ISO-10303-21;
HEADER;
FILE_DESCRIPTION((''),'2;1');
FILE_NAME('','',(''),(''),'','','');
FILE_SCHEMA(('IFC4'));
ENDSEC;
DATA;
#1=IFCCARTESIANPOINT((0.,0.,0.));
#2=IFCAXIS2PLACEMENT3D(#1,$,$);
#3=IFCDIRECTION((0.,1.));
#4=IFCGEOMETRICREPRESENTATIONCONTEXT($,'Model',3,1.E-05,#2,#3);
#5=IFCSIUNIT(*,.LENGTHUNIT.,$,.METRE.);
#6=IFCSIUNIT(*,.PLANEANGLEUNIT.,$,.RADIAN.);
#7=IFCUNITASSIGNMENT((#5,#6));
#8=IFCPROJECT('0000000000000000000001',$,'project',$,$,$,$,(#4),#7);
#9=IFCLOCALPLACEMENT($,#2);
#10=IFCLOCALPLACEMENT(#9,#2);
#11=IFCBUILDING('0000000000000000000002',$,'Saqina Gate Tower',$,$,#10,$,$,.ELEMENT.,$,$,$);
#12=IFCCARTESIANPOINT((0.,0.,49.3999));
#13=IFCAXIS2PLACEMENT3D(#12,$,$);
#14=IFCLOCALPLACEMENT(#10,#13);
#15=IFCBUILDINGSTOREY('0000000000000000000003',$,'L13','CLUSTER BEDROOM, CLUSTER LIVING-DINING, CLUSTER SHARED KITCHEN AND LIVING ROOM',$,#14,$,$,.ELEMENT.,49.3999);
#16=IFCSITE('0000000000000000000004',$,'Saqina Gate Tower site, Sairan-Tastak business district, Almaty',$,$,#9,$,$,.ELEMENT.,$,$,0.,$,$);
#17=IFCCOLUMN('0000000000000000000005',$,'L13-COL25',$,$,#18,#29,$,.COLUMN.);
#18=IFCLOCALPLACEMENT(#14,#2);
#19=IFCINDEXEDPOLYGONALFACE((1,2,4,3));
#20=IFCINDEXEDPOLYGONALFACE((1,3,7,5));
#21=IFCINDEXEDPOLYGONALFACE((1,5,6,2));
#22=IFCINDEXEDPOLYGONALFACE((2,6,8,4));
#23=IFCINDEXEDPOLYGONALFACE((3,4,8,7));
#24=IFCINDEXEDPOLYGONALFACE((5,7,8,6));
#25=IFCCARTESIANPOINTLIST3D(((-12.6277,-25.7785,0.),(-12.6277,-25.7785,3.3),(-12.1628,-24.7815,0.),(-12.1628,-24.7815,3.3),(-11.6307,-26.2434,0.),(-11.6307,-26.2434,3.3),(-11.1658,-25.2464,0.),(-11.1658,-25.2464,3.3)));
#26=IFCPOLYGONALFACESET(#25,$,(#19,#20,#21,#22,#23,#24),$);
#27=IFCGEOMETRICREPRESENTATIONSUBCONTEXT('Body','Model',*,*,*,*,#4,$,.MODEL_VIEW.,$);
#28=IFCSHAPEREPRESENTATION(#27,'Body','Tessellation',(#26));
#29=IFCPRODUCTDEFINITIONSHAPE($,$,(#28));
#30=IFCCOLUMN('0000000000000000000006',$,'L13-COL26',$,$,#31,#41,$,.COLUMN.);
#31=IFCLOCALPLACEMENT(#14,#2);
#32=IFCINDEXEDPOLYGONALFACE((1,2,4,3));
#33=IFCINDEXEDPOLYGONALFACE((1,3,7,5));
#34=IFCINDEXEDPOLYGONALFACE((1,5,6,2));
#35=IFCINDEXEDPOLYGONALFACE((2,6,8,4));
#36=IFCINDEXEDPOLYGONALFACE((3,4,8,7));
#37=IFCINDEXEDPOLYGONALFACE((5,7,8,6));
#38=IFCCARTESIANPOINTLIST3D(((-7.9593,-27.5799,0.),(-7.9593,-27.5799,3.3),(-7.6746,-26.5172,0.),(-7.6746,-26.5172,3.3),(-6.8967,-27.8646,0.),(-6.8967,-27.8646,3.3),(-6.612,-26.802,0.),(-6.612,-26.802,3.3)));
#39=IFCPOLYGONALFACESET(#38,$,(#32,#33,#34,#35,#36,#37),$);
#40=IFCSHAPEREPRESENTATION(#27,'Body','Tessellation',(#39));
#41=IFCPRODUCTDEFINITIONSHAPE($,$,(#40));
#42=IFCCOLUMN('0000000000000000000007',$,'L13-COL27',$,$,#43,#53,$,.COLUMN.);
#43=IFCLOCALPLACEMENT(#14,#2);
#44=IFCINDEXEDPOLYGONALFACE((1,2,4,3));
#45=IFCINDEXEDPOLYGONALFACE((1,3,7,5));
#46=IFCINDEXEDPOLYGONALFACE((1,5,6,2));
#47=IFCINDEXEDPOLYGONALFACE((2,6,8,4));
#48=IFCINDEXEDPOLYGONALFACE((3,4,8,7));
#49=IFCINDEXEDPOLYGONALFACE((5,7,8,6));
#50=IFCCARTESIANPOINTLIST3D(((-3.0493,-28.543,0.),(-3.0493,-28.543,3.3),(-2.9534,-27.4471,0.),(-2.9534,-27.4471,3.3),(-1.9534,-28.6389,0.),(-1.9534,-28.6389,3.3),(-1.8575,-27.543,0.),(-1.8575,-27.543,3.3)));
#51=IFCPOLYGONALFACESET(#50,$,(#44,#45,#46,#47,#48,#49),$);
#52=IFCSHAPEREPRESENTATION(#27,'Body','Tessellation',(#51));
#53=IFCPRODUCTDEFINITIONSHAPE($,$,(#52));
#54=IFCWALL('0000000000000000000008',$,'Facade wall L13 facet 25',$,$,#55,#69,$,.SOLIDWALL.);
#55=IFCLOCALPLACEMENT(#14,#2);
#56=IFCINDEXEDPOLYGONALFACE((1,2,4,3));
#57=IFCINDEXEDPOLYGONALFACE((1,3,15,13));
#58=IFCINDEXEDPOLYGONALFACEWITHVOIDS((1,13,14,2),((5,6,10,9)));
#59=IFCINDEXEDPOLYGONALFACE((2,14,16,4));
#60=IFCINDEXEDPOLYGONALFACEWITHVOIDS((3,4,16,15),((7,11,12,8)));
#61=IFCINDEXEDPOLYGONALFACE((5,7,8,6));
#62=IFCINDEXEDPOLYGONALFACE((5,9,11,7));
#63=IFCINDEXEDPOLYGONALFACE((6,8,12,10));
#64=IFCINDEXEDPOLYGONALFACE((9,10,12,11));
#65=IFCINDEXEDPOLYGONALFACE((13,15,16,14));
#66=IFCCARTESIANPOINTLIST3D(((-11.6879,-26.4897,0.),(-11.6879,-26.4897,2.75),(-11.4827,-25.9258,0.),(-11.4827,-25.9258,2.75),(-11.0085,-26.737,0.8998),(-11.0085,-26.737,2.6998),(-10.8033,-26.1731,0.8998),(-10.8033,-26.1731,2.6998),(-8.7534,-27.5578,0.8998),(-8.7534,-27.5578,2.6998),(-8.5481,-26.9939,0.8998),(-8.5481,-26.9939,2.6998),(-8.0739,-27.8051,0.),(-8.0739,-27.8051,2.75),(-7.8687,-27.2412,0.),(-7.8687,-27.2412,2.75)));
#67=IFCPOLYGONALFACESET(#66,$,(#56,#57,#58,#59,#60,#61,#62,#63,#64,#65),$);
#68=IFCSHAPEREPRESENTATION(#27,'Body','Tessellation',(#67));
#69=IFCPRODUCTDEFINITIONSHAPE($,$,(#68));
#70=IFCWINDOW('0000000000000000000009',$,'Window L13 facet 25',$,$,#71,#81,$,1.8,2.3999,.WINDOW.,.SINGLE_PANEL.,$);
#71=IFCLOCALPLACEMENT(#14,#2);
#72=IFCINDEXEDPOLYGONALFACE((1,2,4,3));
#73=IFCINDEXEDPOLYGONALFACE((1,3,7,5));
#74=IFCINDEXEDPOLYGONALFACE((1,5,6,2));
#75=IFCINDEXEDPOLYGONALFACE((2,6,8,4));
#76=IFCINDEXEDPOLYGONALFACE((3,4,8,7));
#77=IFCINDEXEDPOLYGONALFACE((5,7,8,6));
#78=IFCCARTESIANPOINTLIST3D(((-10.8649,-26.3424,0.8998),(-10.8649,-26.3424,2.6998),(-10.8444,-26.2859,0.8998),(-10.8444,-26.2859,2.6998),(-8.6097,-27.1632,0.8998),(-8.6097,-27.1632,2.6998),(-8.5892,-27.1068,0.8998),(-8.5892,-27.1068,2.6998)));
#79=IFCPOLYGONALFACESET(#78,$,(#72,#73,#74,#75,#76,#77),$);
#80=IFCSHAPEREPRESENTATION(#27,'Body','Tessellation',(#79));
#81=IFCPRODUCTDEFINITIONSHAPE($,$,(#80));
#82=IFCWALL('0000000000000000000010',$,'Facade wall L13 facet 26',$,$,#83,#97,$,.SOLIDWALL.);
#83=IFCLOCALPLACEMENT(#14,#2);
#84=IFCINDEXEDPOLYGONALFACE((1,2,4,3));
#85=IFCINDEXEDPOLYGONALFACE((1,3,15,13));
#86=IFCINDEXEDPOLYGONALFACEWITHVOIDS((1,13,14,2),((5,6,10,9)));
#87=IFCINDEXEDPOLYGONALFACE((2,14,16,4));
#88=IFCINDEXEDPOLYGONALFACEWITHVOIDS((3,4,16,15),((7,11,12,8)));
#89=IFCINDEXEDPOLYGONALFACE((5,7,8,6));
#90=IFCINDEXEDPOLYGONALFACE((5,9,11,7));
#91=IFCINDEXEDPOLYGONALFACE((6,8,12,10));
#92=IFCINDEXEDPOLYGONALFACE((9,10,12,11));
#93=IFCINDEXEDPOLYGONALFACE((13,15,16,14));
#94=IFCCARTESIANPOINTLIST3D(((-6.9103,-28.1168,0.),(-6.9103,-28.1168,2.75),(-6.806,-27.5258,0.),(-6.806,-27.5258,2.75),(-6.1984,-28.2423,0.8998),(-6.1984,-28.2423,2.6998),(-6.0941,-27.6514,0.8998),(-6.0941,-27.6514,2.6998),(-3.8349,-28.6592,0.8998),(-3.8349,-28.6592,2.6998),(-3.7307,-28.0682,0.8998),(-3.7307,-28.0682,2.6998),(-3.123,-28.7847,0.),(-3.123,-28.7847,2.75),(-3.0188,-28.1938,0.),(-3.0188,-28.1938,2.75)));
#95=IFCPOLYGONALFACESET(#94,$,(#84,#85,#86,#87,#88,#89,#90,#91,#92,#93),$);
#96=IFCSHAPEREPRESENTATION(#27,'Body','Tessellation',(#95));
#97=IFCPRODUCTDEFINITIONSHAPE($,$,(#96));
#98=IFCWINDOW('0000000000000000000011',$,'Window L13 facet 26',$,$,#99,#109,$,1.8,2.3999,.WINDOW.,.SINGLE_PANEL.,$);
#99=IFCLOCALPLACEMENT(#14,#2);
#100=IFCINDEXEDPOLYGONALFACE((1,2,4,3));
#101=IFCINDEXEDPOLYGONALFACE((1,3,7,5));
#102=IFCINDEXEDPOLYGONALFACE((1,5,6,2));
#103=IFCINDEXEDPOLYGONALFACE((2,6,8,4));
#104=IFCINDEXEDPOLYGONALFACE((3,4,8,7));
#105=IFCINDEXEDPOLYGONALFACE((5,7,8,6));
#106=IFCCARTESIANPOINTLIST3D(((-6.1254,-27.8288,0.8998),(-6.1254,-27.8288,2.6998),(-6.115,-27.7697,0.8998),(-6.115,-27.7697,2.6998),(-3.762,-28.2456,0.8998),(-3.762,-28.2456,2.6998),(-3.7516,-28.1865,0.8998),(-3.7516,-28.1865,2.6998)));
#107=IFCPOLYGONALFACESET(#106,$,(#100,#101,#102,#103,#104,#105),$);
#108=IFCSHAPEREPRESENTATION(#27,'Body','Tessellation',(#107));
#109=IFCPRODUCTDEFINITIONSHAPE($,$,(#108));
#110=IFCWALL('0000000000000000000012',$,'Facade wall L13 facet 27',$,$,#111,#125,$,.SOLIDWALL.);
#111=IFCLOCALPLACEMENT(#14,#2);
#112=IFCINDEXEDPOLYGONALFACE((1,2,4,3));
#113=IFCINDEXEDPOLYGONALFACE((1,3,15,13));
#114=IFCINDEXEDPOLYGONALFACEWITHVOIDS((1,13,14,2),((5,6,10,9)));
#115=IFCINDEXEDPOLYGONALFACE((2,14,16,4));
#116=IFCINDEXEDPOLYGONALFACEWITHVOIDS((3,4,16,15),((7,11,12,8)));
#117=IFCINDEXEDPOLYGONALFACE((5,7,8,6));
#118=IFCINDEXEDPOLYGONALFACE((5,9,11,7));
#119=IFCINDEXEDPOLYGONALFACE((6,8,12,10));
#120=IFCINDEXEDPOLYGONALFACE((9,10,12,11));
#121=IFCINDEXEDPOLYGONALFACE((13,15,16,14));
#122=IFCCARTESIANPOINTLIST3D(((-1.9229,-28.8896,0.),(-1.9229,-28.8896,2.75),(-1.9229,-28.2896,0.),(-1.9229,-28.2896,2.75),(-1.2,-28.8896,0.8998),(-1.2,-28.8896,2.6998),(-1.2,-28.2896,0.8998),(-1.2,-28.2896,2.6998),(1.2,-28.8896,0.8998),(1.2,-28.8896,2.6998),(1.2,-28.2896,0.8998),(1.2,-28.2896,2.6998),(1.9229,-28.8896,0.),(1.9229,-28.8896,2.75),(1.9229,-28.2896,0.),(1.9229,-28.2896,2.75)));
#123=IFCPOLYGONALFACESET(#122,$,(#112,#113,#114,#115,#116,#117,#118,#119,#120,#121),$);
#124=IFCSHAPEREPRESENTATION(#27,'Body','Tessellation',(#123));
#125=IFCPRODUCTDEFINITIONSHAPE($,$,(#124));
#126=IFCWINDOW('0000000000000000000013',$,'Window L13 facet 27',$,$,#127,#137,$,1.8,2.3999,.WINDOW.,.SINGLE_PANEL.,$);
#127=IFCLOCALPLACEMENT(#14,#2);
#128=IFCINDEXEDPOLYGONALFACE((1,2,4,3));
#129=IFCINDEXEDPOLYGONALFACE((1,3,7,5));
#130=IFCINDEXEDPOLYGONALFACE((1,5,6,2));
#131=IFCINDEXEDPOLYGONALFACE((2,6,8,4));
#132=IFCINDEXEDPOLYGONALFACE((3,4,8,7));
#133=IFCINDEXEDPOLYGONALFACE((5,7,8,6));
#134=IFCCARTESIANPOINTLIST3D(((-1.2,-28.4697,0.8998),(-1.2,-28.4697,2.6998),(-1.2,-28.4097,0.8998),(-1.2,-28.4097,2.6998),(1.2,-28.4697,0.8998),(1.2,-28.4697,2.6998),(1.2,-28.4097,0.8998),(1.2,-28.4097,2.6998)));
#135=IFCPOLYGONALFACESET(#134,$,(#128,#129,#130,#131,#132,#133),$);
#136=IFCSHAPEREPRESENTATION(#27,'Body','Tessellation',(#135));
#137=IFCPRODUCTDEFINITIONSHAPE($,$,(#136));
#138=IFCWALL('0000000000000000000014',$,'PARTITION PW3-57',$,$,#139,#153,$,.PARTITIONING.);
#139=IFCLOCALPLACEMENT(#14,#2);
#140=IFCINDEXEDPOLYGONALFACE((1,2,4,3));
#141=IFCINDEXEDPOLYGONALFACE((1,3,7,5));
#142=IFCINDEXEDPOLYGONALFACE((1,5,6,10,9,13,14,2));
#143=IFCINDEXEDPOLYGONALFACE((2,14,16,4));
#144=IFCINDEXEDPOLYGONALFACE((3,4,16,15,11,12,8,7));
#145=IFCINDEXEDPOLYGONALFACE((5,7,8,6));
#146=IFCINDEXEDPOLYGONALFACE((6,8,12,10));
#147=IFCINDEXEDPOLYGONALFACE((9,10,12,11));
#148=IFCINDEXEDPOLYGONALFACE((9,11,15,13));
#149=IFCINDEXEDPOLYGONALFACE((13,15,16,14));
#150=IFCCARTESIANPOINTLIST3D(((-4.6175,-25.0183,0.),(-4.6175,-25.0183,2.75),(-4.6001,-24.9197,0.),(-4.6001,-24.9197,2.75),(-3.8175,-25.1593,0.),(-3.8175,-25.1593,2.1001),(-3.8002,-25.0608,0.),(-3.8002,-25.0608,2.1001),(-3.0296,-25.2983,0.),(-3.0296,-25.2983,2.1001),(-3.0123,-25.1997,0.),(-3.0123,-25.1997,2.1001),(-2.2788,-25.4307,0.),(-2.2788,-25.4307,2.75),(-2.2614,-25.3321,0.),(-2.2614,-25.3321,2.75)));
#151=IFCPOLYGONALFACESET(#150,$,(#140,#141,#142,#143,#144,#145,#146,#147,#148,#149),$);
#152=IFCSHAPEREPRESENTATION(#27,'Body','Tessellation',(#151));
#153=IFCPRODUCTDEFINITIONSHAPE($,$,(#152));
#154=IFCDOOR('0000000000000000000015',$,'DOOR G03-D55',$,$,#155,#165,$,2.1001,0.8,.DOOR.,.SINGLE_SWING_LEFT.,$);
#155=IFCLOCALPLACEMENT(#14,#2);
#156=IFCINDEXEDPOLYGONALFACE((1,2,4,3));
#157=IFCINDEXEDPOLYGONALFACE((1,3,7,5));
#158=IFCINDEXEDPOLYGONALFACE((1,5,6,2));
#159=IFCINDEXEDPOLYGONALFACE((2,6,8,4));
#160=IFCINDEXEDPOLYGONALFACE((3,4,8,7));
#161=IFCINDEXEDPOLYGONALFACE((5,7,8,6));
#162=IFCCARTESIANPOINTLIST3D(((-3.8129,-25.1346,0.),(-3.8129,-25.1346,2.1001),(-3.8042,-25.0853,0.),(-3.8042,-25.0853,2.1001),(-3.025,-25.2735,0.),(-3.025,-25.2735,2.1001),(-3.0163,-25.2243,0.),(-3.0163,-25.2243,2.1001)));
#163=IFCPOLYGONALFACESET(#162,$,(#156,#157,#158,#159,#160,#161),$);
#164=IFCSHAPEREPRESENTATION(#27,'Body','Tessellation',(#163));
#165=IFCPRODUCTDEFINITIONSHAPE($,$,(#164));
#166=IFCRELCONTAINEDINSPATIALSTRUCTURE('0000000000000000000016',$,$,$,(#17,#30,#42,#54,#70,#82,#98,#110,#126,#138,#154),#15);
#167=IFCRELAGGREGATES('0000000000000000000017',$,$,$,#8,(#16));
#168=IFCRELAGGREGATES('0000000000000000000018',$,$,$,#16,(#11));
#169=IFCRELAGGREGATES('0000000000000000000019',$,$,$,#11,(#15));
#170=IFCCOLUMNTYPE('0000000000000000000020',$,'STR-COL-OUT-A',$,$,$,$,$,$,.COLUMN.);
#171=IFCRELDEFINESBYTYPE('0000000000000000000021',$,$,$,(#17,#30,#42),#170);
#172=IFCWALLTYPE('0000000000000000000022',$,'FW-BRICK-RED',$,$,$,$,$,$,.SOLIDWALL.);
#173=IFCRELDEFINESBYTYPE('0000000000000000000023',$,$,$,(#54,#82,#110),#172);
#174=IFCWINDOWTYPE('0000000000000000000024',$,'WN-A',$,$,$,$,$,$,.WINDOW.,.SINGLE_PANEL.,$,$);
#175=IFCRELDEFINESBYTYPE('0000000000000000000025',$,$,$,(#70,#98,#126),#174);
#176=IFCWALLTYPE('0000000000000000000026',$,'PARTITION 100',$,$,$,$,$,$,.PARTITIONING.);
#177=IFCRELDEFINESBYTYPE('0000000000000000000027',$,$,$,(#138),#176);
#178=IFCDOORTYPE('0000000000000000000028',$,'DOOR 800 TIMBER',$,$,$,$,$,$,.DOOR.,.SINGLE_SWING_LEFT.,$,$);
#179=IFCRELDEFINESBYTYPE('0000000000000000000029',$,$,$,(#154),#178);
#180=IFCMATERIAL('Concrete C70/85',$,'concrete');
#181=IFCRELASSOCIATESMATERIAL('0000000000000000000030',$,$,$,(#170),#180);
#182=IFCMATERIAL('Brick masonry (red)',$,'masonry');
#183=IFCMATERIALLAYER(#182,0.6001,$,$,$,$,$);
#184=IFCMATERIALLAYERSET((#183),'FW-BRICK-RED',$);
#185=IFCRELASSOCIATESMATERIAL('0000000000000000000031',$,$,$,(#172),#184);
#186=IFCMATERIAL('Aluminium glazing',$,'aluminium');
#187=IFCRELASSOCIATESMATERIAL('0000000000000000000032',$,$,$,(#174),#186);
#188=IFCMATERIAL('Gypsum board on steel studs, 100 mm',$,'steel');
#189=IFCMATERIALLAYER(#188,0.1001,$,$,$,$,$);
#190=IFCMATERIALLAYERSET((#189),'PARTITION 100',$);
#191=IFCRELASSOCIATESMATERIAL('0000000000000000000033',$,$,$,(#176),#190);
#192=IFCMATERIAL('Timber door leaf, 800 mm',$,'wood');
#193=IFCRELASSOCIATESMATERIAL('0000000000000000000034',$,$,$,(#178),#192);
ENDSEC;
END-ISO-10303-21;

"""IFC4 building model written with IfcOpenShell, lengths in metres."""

from ifc_helpers import new_model, si_unit, direction, frame, frame_2d, origin, origin_2d, place, context, subcontext, project, spatial, rectangle, extrude, material, layer, layer_set, material_profile, profile_set, type_object, element, fill, save


model = new_model("IFC4")

# Units and contexts
model_context = context("Model", 3, precision=1e-05, world=origin(), true_north=direction((0.0, 1.0)))
body_context = subcontext(model_context, "Body", "Model", "MODEL_VIEW")
ifc_project = project(units=[si_unit("LENGTHUNIT", "METRE"), si_unit("PLANEANGLEUNIT", "RADIAN")], contexts=[model_context])

# Site, building, storey
site_placement = place(None, origin())
site = spatial("IfcSite", under=ifc_project, at=site_placement, Name="Saqina Gate Tower site, Sairan-Tastak business district, Almaty", CompositionType="ELEMENT", RefElevation=0.0)
building_placement = place(site_placement, origin())
building = spatial("IfcBuilding", under=site, at=building_placement, Name="Saqina Gate Tower", CompositionType="ELEMENT")
storey_placement = place(building_placement, frame((0.0, 0.0, 49.3999)))
storey = spatial("IfcBuildingStorey", under=building, at=storey_placement, Name="L13", Description="CLUSTER BEDROOM, CLUSTER LIVING-DINING, CLUSTER SHARED KITCHEN AND LIVING ROOM", CompositionType="ELEMENT", Elevation=49.3999)

# Columns
ifc_material_1 = material(Name="Concrete C70/85", Category="concrete")
ifc_material_profile = material_profile(ifc_material_1, rectangle(XDim=1.1001, YDim=1.1001, at=origin_2d()), Name="RC 1100x1100")
ifc_profile_set = profile_set([ifc_material_profile], Name="Concrete C70/85")
column_type = type_object("IfcColumnType", Name="STR-COL-OUT-A", PredefinedType="COLUMN", material=ifc_profile_set)
for number, where, z_axis, x_axis, name in (
    (1, (-11.8967, -25.5125, 0.0), (0.0, 0.0, 1.0), (-0.422618, -0.906308, 0.0), "L13-COL25"),
    (2, (-7.2856, -27.1909, 0.0), (0.0, 0.0, 1.0), (-0.258819, -0.965926, 0.0), "L13-COL26"),
    (3, (-2.4534, -28.043, 0.0), (0.0, 0.0, 1.0), (-0.087156, -0.996195, 0.0), "L13-COL27"),
):
    element("IfcColumn", number, at=place(storey_placement, frame(where, z_axis=z_axis, x_axis=x_axis)), inside=storey, type_object=column_type, Name=name, PredefinedType="COLUMN", context=body_context, shape_type="SweptSolid", body=[
        extrude(rectangle(XDim=1.1001, YDim=1.1001, at=origin_2d()), origin(), (0.0, 0.0, 1.0), 3.3),
    ])

# Walls, openings, windows
ifc_material_2 = material(Name="Brick masonry (red)", Category="masonry")
ifc_layer_1 = layer(ifc_material_2, 0.6001)
ifc_layer_set_1 = layer_set([ifc_layer_1], Name="FW-BRICK-RED")
wall_type_1 = type_object("IfcWallType", Name="FW-BRICK-RED", PredefinedType="SOLIDWALL", material=ifc_layer_set_1)
wall_1_placement = place(storey_placement, frame((-11.5852, -26.2078, 0.0), z_axis=(0.0, 0.0, 1.0), x_axis=(0.93969, -0.342028, 0.0)))
wall_1 = element("IfcWall", 4, at=wall_1_placement, inside=storey, type_object=wall_type_1, Name="Facade wall L13 facet 25", PredefinedType="SOLIDWALL", context=body_context, shape_type="SweptSolid", body=[
    extrude(rectangle(XDim=3.8459, YDim=0.6001, at=frame_2d((1.9229, 0.0))), origin(), (0.0, 0.0, 1.0), 2.75),
])
opening_1_placement = place(wall_1_placement, frame((0.7229, 0.0, 0.8999)))
opening_1 = element("IfcOpeningElement", 5, at=opening_1_placement, cuts=wall_1, PredefinedType="OPENING", context=body_context, shape_type="SweptSolid", body=[
    extrude(rectangle(XDim=2.3999, YDim=1.8, at=frame_2d((1.2, 0.8999))), frame((0.0, 0.312, 0.0), z_axis=(0.0, -1.0, 0.0), x_axis=(1.0, 0.0, 0.0)), (0.0, 0.0, 1.0), 0.624),
])
ifc_material_3 = material(Name="Aluminium glazing", Category="aluminium")
window_type = type_object("IfcWindowType", Name="WN-A", PartitioningType="SINGLE_PANEL", PredefinedType="WINDOW", material=ifc_material_3)
window_1_placement = place(opening_1_placement, origin())
window_1 = element("IfcWindow", 6, at=window_1_placement, inside=storey, type_object=window_type, Name="Window L13 facet 25", OverallHeight=1.8, OverallWidth=2.3999, PartitioningType="SINGLE_PANEL", PredefinedType="WINDOW", context=body_context, shape_type="SweptSolid", body=[
    extrude(rectangle(XDim=2.3999, YDim=1.8, at=frame_2d((1.2, 0.8999))), frame((0.0, 0.1799, 0.0), z_axis=(0.0, -1.0, 0.0), x_axis=(1.0, 0.0, 0.0)), (0.0, 0.0, 1.0), 0.0601),
])
fill(opening_1, window_1)
wall_2_placement = place(storey_placement, frame((-6.8582, -27.8213, 0.0), z_axis=(0.0, 0.0, 1.0), x_axis=(0.984801, -0.173688, 0.0)))
wall_2 = element("IfcWall", 7, at=wall_2_placement, inside=storey, type_object=wall_type_1, Name="Facade wall L13 facet 26", PredefinedType="SOLIDWALL", context=body_context, shape_type="SweptSolid", body=[
    extrude(rectangle(XDim=3.8457, YDim=0.6001, at=frame_2d((1.9229, 0.0))), origin(), (0.0, 0.0, 1.0), 2.75),
])
opening_2_placement = place(wall_2_placement, frame((0.7229, 0.0, 0.8999)))
opening_2 = element("IfcOpeningElement", 8, at=opening_2_placement, cuts=wall_2, PredefinedType="OPENING", context=body_context, shape_type="SweptSolid", body=[
    extrude(rectangle(XDim=2.3999, YDim=1.8, at=frame_2d((1.2, 0.8999))), frame((0.0, 0.312, 0.0), z_axis=(0.0, -1.0, 0.0), x_axis=(1.0, 0.0, 0.0)), (0.0, 0.0, 1.0), 0.624),
])
window_2_placement = place(opening_2_placement, origin())
window_2 = element("IfcWindow", 9, at=window_2_placement, inside=storey, type_object=window_type, Name="Window L13 facet 26", OverallHeight=1.8, OverallWidth=2.3999, PartitioningType="SINGLE_PANEL", PredefinedType="WINDOW", context=body_context, shape_type="SweptSolid", body=[
    extrude(rectangle(XDim=2.3999, YDim=1.8, at=frame_2d((1.2, 0.8999))), frame((0.0, 0.1799, 0.0), z_axis=(0.0, -1.0, 0.0), x_axis=(1.0, 0.0, 0.0)), (0.0, 0.0, 1.0), 0.0601),
])
fill(opening_2, window_2)
wall_3_placement = place(storey_placement, frame((-1.9229, -28.5896, 0.0), z_axis=(0.0, 0.0, 1.0), x_axis=(1.0, 0.0, 0.0)))
wall_3 = element("IfcWall", 10, at=wall_3_placement, inside=storey, type_object=wall_type_1, Name="Facade wall L13 facet 27", PredefinedType="SOLIDWALL", context=body_context, shape_type="SweptSolid", body=[
    extrude(rectangle(XDim=3.8457, YDim=0.6001, at=frame_2d((1.9229, 0.0))), origin(), (0.0, 0.0, 1.0), 2.75),
])
opening_3_placement = place(wall_3_placement, frame((0.7229, 0.0, 0.8999)))
opening_3 = element("IfcOpeningElement", 11, at=opening_3_placement, cuts=wall_3, PredefinedType="OPENING", context=body_context, shape_type="SweptSolid", body=[
    extrude(rectangle(XDim=2.3999, YDim=1.8, at=frame_2d((1.2, 0.8999))), frame((0.0, 0.312, 0.0), z_axis=(0.0, -1.0, 0.0), x_axis=(1.0, 0.0, 0.0)), (0.0, 0.0, 1.0), 0.624),
])
window_3_placement = place(opening_3_placement, origin())
window_3 = element("IfcWindow", 12, at=window_3_placement, inside=storey, type_object=window_type, Name="Window L13 facet 27", OverallHeight=1.8, OverallWidth=2.3999, PartitioningType="SINGLE_PANEL", PredefinedType="WINDOW", context=body_context, shape_type="SweptSolid", body=[
    extrude(rectangle(XDim=2.3999, YDim=1.8, at=frame_2d((1.2, 0.8999))), frame((0.0, 0.1799, 0.0), z_axis=(0.0, -1.0, 0.0), x_axis=(1.0, 0.0, 0.0)), (0.0, 0.0, 1.0), 0.0601),
])
fill(opening_3, window_3)

# Wall, opening, door
ifc_material_4 = material(Name="Gypsum board on steel studs, 100 mm", Category="steel")
ifc_layer_2 = layer(ifc_material_4, 0.1001)
ifc_layer_set_2 = layer_set([ifc_layer_2], Name="PARTITION 100")
wall_type_2 = type_object("IfcWallType", Name="PARTITION 100", PredefinedType="PARTITIONING", material=ifc_layer_set_2)
wall_4_placement = place(storey_placement, frame((-4.6089, -24.969, 0.0), z_axis=(0.0, 0.0, 1.0), x_axis=(0.984808, -0.173645, 0.0)))
wall_4 = element("IfcWall", 13, at=wall_4_placement, inside=storey, type_object=wall_type_2, Name="PARTITION PW3-57", PredefinedType="PARTITIONING", context=body_context, shape_type="SweptSolid", body=[
    extrude(rectangle(XDim=2.3748, YDim=0.1001, at=frame_2d((1.1875, 0.0))), origin(), (0.0, 0.0, 1.0), 2.75),
])
opening_4_placement = place(wall_4_placement, frame((0.8125, 0.0, 0.0)))
opening_4 = element("IfcOpeningElement", 14, at=opening_4_placement, cuts=wall_4, PredefinedType="OPENING", context=body_context, shape_type="SweptSolid", body=[
    extrude(rectangle(XDim=0.8, YDim=2.1001, at=frame_2d((0.3999, 1.05))), frame((0.0, 0.062, 0.0), z_axis=(0.0, -1.0, 0.0), x_axis=(1.0, 0.0, 0.0)), (0.0, 0.0, 1.0), 0.124),
])
ifc_material_5 = material(Name="Timber door leaf, 800 mm", Category="wood")
door_type = type_object("IfcDoorType", Name="DOOR 800 TIMBER", OperationType="SINGLE_SWING_LEFT", PredefinedType="DOOR", material=ifc_material_5)
door_1_placement = place(opening_4_placement, frame((0.8, 0.0, 0.0), z_axis=(0.0, 0.0, 1.0), x_axis=(-1.0, 0.0, 0.0)))
door_1 = element("IfcDoor", 15, at=door_1_placement, inside=storey, type_object=door_type, Name="DOOR G03-D55", OperationType="SINGLE_SWING_LEFT", OverallHeight=2.1001, OverallWidth=0.8, PredefinedType="DOOR", context=body_context, shape_type="SweptSolid", body=[
    extrude(rectangle(XDim=0.8, YDim=2.1001, at=frame_2d((0.3999, 1.05))), frame((0.0, 0.0249, 0.0), z_axis=(0.0, -1.0, 0.0), x_axis=(1.0, 0.0, 0.0)), (0.0, 0.0, 1.0), 0.05),
])
fill(opening_4, door_1)

save(model, "model.ifc")
